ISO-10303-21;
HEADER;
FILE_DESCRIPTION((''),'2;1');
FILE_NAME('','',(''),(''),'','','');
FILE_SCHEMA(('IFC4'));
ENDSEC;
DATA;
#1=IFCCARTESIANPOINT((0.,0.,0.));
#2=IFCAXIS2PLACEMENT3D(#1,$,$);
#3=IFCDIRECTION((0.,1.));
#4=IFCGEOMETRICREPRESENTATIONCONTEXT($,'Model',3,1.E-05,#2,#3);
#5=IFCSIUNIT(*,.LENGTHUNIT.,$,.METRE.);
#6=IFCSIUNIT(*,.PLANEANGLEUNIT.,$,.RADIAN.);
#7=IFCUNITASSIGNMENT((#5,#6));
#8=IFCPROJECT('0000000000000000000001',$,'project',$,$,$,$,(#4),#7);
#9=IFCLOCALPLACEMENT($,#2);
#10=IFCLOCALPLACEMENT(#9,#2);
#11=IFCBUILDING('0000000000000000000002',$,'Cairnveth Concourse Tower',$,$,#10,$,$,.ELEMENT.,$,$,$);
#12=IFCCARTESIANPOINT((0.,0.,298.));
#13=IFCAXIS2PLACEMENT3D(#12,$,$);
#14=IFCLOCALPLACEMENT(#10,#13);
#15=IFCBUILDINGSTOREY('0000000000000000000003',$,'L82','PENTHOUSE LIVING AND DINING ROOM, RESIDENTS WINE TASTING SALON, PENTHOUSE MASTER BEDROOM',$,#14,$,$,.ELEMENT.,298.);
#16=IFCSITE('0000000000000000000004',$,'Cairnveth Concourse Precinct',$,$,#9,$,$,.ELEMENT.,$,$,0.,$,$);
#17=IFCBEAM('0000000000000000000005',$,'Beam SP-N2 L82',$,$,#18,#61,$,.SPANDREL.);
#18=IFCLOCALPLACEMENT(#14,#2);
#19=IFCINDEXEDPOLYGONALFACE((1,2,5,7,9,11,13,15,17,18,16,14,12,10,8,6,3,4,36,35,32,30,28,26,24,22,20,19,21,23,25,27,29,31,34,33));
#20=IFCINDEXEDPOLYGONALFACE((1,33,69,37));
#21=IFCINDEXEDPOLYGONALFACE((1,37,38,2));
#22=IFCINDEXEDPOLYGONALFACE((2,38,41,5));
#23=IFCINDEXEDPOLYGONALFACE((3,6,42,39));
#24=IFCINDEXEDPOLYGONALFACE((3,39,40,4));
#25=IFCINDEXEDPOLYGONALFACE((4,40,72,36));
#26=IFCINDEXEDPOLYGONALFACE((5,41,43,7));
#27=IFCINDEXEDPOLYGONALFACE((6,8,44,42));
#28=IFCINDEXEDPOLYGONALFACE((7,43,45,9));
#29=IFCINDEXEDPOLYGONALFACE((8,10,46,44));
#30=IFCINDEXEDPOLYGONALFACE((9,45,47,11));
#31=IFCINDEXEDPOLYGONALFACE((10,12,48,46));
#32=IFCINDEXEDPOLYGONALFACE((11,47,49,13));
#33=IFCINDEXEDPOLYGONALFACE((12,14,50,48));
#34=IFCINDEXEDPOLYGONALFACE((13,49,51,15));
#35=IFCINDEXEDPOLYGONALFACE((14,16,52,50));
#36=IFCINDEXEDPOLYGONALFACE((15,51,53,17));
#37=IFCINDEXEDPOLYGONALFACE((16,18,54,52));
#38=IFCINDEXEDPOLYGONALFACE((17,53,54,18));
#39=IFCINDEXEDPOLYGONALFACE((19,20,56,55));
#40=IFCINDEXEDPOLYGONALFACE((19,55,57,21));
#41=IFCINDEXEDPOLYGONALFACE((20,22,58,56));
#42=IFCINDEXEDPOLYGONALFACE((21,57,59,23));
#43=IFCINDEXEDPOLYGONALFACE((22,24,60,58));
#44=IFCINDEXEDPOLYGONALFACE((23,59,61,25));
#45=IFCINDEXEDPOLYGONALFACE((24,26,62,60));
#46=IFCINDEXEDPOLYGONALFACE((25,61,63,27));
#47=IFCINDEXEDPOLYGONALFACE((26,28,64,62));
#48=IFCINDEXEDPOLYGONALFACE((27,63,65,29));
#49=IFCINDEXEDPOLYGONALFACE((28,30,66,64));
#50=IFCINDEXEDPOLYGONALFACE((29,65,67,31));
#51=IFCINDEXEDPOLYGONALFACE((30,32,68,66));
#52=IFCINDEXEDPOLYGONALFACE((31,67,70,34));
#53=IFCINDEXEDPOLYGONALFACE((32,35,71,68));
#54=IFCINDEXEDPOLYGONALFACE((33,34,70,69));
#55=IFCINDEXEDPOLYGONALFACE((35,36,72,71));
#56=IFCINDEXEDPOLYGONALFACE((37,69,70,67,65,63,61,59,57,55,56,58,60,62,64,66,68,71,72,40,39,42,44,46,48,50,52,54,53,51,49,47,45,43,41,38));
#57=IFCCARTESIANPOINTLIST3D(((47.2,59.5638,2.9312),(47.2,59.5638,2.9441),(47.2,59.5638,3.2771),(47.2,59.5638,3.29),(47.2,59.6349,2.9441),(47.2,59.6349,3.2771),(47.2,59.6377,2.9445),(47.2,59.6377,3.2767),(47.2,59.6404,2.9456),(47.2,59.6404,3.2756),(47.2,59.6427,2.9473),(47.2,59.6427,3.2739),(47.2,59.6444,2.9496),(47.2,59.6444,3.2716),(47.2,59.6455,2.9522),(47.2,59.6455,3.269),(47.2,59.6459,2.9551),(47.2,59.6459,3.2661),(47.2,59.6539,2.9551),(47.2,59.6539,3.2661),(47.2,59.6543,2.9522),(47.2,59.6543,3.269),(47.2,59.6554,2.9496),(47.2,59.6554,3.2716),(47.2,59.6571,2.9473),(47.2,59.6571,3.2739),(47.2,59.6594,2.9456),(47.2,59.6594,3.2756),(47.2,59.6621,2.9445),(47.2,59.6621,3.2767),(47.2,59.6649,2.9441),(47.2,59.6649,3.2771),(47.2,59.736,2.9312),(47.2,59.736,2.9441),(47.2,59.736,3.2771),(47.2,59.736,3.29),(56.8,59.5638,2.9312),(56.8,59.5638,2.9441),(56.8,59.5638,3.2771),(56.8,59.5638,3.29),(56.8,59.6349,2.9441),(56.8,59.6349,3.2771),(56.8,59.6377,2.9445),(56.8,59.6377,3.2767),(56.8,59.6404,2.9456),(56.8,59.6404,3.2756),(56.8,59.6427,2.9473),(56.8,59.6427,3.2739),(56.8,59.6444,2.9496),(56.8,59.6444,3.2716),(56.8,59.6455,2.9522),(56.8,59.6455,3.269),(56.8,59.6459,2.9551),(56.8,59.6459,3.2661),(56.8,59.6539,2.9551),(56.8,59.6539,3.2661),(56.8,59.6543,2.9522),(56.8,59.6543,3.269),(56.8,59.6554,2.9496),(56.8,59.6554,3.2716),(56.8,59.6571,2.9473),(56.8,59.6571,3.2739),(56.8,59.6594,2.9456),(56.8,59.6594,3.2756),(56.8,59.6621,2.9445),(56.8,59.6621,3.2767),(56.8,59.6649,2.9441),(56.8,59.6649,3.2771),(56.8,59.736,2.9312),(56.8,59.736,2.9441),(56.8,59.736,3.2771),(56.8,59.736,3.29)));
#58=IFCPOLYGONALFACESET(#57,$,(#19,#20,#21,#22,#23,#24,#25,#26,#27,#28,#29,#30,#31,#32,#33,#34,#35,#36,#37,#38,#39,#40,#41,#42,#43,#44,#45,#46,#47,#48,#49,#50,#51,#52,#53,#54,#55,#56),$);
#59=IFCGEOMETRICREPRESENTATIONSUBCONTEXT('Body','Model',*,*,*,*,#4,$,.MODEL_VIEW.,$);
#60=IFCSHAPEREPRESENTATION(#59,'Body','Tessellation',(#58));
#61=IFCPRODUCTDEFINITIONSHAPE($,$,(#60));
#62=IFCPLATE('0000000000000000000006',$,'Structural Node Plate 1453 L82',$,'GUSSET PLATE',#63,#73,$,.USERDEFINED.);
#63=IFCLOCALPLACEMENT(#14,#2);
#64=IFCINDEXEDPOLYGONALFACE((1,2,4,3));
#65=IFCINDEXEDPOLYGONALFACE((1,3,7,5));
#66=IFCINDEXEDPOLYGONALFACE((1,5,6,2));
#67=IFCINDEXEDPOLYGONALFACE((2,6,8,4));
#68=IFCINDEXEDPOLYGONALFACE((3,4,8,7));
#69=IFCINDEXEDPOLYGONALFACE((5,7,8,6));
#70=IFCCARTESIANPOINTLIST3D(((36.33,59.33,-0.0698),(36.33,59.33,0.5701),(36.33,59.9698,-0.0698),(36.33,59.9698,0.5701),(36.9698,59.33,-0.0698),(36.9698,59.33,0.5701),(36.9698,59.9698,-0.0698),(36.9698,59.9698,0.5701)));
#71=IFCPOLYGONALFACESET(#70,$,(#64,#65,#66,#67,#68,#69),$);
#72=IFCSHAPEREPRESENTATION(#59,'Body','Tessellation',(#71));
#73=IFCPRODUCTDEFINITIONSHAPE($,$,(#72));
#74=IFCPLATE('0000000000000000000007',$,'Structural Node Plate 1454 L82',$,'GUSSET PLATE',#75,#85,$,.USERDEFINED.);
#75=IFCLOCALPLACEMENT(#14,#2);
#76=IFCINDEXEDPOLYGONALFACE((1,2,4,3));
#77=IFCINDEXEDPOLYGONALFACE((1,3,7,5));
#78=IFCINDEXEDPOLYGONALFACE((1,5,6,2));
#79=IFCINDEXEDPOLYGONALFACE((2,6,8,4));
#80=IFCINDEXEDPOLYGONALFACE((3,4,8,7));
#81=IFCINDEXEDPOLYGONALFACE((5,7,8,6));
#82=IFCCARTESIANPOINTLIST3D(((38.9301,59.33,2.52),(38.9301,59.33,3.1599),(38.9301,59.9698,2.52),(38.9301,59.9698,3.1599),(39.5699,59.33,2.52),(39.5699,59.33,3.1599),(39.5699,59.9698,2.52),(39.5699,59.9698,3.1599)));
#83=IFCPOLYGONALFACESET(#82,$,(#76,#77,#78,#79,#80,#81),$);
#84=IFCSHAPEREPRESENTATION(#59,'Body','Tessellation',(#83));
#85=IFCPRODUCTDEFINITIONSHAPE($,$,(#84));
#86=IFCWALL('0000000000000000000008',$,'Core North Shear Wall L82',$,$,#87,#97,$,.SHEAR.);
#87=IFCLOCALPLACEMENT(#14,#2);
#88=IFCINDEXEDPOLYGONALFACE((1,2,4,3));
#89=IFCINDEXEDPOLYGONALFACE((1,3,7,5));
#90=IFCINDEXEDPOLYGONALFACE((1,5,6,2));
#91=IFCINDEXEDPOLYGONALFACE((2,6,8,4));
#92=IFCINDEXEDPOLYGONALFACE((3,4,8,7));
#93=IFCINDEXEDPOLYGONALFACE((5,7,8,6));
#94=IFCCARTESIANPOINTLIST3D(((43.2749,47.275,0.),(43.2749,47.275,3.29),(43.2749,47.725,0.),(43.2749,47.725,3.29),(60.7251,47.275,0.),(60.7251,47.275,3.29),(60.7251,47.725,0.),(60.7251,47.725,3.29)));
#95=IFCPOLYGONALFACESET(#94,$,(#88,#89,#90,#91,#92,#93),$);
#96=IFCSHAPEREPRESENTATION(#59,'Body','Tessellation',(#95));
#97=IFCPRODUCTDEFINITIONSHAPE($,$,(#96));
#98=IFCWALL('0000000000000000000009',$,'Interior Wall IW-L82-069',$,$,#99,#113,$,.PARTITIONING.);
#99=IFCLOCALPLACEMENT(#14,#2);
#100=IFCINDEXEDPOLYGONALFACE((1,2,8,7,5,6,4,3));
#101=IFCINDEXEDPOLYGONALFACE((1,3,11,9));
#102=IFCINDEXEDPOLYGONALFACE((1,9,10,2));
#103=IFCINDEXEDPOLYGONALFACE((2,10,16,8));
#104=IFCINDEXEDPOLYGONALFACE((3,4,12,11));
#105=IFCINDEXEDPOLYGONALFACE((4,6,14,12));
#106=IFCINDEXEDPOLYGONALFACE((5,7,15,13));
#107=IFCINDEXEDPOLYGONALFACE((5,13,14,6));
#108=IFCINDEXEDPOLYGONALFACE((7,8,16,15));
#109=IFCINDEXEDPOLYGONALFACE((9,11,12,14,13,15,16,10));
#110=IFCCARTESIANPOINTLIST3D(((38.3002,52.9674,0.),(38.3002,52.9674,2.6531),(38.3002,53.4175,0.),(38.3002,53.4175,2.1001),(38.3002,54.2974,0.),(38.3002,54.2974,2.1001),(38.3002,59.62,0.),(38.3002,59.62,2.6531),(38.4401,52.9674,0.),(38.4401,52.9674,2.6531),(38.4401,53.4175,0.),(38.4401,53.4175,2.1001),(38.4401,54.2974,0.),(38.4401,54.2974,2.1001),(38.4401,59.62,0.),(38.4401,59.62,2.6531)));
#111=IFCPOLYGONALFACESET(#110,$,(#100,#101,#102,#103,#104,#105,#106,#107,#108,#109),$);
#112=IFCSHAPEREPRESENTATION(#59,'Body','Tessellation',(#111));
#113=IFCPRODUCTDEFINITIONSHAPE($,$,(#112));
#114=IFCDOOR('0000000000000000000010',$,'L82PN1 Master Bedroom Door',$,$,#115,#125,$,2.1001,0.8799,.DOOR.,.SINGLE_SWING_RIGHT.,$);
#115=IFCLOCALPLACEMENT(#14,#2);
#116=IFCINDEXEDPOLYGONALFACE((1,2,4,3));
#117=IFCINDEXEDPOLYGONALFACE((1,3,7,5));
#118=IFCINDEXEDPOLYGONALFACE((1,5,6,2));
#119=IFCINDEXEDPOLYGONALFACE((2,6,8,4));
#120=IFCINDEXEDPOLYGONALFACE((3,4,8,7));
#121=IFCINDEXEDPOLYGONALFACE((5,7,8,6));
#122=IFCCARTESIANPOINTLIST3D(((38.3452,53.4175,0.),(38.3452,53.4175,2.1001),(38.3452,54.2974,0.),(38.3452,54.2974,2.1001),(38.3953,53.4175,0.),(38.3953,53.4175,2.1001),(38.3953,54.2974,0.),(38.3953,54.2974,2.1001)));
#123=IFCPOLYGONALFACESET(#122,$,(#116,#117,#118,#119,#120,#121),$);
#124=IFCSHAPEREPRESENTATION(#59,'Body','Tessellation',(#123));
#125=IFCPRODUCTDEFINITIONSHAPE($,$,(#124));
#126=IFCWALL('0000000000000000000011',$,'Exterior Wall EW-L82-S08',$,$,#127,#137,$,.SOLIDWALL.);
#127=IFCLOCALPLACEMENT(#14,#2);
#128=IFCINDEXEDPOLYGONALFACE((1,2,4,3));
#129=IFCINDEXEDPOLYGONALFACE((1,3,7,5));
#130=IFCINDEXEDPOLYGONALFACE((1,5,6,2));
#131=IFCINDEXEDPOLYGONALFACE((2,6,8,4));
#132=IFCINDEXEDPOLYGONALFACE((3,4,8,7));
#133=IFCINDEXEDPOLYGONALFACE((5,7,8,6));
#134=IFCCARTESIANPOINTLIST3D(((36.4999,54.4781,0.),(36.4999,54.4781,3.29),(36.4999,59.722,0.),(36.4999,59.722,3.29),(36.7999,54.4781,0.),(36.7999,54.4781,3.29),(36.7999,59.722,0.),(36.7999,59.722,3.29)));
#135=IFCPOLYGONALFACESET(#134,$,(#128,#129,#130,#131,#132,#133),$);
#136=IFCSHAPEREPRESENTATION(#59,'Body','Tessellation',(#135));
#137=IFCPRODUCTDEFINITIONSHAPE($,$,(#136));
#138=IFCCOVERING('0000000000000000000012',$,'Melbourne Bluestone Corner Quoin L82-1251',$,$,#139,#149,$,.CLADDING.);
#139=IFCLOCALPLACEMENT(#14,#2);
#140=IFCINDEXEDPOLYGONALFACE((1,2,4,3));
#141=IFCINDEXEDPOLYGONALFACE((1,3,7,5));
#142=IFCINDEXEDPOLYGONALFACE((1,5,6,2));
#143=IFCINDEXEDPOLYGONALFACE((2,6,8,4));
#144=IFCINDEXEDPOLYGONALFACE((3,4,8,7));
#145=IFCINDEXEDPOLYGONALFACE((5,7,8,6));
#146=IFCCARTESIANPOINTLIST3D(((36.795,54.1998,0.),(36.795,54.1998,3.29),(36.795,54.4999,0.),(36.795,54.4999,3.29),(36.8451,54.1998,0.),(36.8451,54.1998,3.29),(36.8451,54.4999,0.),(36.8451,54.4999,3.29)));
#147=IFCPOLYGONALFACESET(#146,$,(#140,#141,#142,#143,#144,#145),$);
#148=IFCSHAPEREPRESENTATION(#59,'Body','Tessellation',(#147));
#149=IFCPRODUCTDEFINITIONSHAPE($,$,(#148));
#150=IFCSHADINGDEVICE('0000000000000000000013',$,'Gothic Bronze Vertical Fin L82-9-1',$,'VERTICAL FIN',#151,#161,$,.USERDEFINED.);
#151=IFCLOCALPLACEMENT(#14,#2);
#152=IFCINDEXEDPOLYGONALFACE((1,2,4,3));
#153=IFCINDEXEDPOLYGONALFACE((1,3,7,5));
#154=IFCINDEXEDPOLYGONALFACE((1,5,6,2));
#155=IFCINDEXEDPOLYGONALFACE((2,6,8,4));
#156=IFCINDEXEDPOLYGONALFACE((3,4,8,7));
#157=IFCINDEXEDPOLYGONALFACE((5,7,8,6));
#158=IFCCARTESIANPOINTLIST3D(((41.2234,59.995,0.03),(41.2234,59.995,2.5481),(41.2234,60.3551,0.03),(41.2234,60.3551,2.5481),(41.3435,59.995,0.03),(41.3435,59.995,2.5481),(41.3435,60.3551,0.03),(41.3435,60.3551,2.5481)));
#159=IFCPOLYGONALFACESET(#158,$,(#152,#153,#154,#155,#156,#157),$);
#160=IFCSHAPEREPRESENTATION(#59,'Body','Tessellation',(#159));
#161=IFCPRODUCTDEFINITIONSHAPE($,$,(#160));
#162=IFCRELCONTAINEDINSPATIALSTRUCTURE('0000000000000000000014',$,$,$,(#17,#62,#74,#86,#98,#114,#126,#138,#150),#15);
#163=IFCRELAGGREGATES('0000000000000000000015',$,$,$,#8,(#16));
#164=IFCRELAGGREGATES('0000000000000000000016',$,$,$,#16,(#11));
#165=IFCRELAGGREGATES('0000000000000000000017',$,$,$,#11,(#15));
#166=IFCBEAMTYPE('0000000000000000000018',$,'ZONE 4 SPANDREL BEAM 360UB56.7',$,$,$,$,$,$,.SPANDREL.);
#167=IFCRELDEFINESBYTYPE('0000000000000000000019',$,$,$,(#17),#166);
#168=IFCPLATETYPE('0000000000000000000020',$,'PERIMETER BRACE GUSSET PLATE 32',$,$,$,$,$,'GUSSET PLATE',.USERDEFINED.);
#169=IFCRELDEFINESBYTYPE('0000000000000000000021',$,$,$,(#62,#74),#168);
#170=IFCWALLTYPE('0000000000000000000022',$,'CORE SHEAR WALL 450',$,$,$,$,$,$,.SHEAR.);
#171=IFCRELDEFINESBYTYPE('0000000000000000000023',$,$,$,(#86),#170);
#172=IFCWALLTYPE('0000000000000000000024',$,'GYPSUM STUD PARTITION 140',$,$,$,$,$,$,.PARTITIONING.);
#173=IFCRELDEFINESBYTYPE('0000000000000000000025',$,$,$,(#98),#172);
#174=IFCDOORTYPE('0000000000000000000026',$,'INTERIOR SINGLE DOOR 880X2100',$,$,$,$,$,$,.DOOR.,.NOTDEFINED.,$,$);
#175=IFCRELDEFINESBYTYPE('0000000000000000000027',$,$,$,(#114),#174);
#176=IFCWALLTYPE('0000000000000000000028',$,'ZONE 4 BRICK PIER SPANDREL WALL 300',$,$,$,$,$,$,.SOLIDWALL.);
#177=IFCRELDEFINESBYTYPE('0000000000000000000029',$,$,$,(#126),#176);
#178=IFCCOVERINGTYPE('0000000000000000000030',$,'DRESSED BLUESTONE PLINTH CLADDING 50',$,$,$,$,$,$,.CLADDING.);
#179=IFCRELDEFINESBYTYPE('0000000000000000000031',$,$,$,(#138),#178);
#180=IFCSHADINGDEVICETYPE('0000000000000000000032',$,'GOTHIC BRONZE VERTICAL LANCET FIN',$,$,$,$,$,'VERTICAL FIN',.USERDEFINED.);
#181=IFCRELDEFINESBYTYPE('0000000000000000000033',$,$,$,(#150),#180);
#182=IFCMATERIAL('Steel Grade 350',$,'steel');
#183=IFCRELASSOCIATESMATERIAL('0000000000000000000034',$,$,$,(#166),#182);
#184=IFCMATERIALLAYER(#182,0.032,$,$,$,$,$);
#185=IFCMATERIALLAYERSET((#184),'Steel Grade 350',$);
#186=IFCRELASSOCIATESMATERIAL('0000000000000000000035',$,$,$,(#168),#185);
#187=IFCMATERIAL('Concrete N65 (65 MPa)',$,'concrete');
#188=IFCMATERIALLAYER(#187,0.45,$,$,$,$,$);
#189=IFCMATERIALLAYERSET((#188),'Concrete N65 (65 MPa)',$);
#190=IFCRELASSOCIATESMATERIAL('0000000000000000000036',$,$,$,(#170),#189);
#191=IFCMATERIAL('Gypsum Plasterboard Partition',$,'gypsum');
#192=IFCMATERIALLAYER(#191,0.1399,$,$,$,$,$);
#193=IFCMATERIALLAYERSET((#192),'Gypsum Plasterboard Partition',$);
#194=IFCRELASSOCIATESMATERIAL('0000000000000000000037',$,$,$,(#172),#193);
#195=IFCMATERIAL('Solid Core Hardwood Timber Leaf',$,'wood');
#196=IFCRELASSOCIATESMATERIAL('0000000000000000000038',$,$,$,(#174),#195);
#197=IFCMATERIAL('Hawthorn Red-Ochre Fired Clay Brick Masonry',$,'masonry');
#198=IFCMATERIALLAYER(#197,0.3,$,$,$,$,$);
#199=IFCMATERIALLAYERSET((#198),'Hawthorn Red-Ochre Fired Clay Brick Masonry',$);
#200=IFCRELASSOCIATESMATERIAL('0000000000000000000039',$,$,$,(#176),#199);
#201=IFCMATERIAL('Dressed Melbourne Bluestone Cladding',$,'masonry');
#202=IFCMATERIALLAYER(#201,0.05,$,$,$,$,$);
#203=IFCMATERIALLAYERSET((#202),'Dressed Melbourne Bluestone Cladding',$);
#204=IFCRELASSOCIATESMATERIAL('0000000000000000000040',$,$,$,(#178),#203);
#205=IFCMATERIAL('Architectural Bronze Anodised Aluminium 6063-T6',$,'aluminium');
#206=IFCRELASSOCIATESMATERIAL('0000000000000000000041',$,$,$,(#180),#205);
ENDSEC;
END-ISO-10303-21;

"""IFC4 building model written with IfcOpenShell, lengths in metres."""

from ifc_helpers import new_model, si_unit, direction, frame, frame_2d, origin, origin_2d, place, context, subcontext, project, spatial, rectangle, i_section, extrude, material, layer, layer_set, material_profile, profile_set, type_object, element, fill, save


model = new_model("IFC4")

# Units and contexts
model_context = context("Model", 3, precision=1e-05, world=origin(), true_north=direction((0.0, 1.0)))
body_context = subcontext(model_context, "Body", "Model", "MODEL_VIEW")
ifc_project = project(units=[si_unit("LENGTHUNIT", "METRE"), si_unit("PLANEANGLEUNIT", "RADIAN")], contexts=[model_context])

# Site, building, storey
site_placement = place(None, origin())
site = spatial("IfcSite", under=ifc_project, at=site_placement, Name="Cairnveth Concourse Precinct", CompositionType="ELEMENT", RefElevation=0.0)
building_placement = place(site_placement, origin())
building = spatial("IfcBuilding", under=site, at=building_placement, Name="Cairnveth Concourse Tower", CompositionType="ELEMENT")
storey_placement = place(building_placement, frame((0.0, 0.0, 298.0)))
storey = spatial("IfcBuildingStorey", under=building, at=storey_placement, Name="L82", Description="PENTHOUSE LIVING AND DINING ROOM, RESIDENTS WINE TASTING SALON, PENTHOUSE MASTER BEDROOM", CompositionType="ELEMENT", Elevation=298.0)

# Shared definitions
ifc_material_1 = material(Name="Steel Grade 350", Category="steel")

# Beam
ifc_material_profile_1 = material_profile(ifc_material_1, i_section(OverallWidth=0.1721, OverallDepth=0.3589, WebThickness=0.0081, FlangeThickness=0.0129, FilletRadius=0.011, at=origin_2d()), Name="360UB56.7")
ifc_profile_set_1 = profile_set([ifc_material_profile_1], Name="Steel Grade 350")
beam_type_1 = type_object("IfcBeamType", Name="ZONE 4 SPANDREL BEAM 360UB56.7", PredefinedType="SPANDREL", material=ifc_profile_set_1)
beam_1_placement = place(storey_placement, frame((47.2, 59.6499, 3.1106), z_axis=(1.0, 0.0, 0.0), x_axis=(0.0, 1.0, 0.0)))
element("IfcBeam", 1, at=beam_1_placement, inside=storey, type_object=beam_type_1, Name="Beam SP-N2 L82", PredefinedType="SPANDREL", context=body_context, shape_type="SweptSolid", body=[
    extrude(i_section(OverallWidth=0.1721, OverallDepth=0.3589, WebThickness=0.0081, FlangeThickness=0.0129, FilletRadius=0.011, at=origin_2d()), origin(), (0.0, 0.0, 1.0), 9.6001),
])

# Plates
ifc_layer_1 = layer(ifc_material_1, 0.032)
ifc_layer_set_1 = layer_set([ifc_layer_1], Name="Steel Grade 350")
plate_type = type_object("IfcPlateType", Name="PERIMETER BRACE GUSSET PLATE 32", ElementType="GUSSET PLATE", PredefinedType="USERDEFINED", material=ifc_layer_set_1)
for number, where, z_axis, x_axis, name in (
    (2, (36.6499, 59.6499, -0.0698), (0.0, 0.0, 1.0), (1.0, 0.0, 0.0), "Structural Node Plate 1453 L82"),
    (3, (39.25, 59.6499, 2.52), (0.0, 0.0, 1.0), (1.0, 0.0, 0.0), "Structural Node Plate 1454 L82"),
):
    element("IfcPlate", number, at=place(storey_placement, frame(where, z_axis=z_axis, x_axis=x_axis)), inside=storey, type_object=plate_type, Name=name, ObjectType="GUSSET PLATE", PredefinedType="USERDEFINED", context=body_context, shape_type="SweptSolid", body=[
        extrude(rectangle(XDim=0.6399, YDim=0.6399, at=origin_2d()), origin(), (0.0, 0.0, 1.0), 0.6399),
    ])

# Wall
ifc_material_2 = material(Name="Concrete N65 (65 MPa)", Category="concrete")
ifc_layer_2 = layer(ifc_material_2, 0.45)
ifc_layer_set_2 = layer_set([ifc_layer_2], Name="Concrete N65 (65 MPa)")
wall_type_1 = type_object("IfcWallType", Name="CORE SHEAR WALL 450", PredefinedType="SHEAR", material=ifc_layer_set_2)
wall_1_placement = place(storey_placement, frame((43.2749, 47.5, 0.0), z_axis=(0.0, 0.0, 1.0), x_axis=(1.0, 0.0, 0.0)))
element("IfcWall", 4, at=wall_1_placement, inside=storey, type_object=wall_type_1, Name="Core North Shear Wall L82", PredefinedType="SHEAR", context=body_context, shape_type="SweptSolid", body=[
    extrude(rectangle(XDim=17.4502, YDim=0.45, at=frame_2d((8.7251, 0.0))), origin(), (0.0, 0.0, 1.0), 3.29),
])

# Wall, opening, door
ifc_material_3 = material(Name="Gypsum Plasterboard Partition", Category="gypsum")
ifc_layer_3 = layer(ifc_material_3, 0.1399)
ifc_layer_set_3 = layer_set([ifc_layer_3], Name="Gypsum Plasterboard Partition")
wall_type_2 = type_object("IfcWallType", Name="GYPSUM STUD PARTITION 140", PredefinedType="PARTITIONING", material=ifc_layer_set_3)
wall_2_placement = place(storey_placement, frame((38.3701, 52.9675, 0.0), z_axis=(0.0, 0.0, 1.0), x_axis=(0.0, 1.0, 0.0)))
wall_2 = element("IfcWall", 5, at=wall_2_placement, inside=storey, type_object=wall_type_2, Name="Interior Wall IW-L82-069", PredefinedType="PARTITIONING", context=body_context, shape_type="SweptSolid", body=[
    extrude(rectangle(XDim=6.6526, YDim=0.1399, at=frame_2d((3.3262, 0.0))), origin(), (0.0, 0.0, 1.0), 2.6531),
])
opening_placement = place(wall_2_placement, frame((0.45, 0.0, 0.0)))
opening = element("IfcOpeningElement", 6, at=opening_placement, cuts=wall_2, PredefinedType="OPENING", context=body_context, shape_type="SweptSolid", body=[
    extrude(rectangle(XDim=0.8799, YDim=2.1001, at=frame_2d((0.4399, 1.05))), frame((0.0, 0.0798, 0.0), z_axis=(0.0, -1.0, 0.0), x_axis=(1.0, 0.0, 0.0)), (0.0, 0.0, 1.0), 0.1599),
])
ifc_material_4 = material(Name="Solid Core Hardwood Timber Leaf", Category="wood")
door_type = type_object("IfcDoorType", Name="INTERIOR SINGLE DOOR 880X2100", OperationType="NOTDEFINED", PredefinedType="DOOR", material=ifc_material_4)
door_placement = place(opening_placement, origin())
door = element("IfcDoor", 7, at=door_placement, inside=storey, type_object=door_type, Name="L82PN1 Master Bedroom Door", OperationType="SINGLE_SWING_RIGHT", OverallHeight=2.1001, OverallWidth=0.8799, PredefinedType="DOOR", context=body_context, shape_type="SweptSolid", body=[
    extrude(rectangle(XDim=0.8799, YDim=2.1001, at=frame_2d((0.4399, 1.05))), frame((0.0, 0.0249, 0.0), z_axis=(0.0, -1.0, 0.0), x_axis=(1.0, 0.0, 0.0)), (0.0, 0.0, 1.0), 0.05),
])
fill(opening, door)

# Wall
ifc_material_5 = material(Name="Hawthorn Red-Ochre Fired Clay Brick Masonry", Category="masonry")
ifc_layer_4 = layer(ifc_material_5, 0.3)
ifc_layer_set_4 = layer_set([ifc_layer_4], Name="Hawthorn Red-Ochre Fired Clay Brick Masonry")
wall_type_3 = type_object("IfcWallType", Name="ZONE 4 BRICK PIER SPANDREL WALL 300", PredefinedType="SOLIDWALL", material=ifc_layer_set_4)
wall_3_placement = place(storey_placement, frame((36.6499, 54.478, 0.0), z_axis=(0.0, 0.0, 1.0), x_axis=(0.0, 1.0, 0.0)))
element("IfcWall", 8, at=wall_3_placement, inside=storey, type_object=wall_type_3, Name="Exterior Wall EW-L82-S08", PredefinedType="SOLIDWALL", context=body_context, shape_type="SweptSolid", body=[
    extrude(rectangle(XDim=5.2439, YDim=0.3, at=frame_2d((2.6221, 0.0))), origin(), (0.0, 0.0, 1.0), 3.29),
])

# Covering
ifc_material_6 = material(Name="Dressed Melbourne Bluestone Cladding", Category="masonry")
ifc_layer_5 = layer(ifc_material_6, 0.05)
ifc_layer_set_5 = layer_set([ifc_layer_5], Name="Dressed Melbourne Bluestone Cladding")
covering_type = type_object("IfcCoveringType", Name="DRESSED BLUESTONE PLINTH CLADDING 50", PredefinedType="CLADDING", material=ifc_layer_set_5)
covering_placement = place(storey_placement, frame((36.8201, 54.2, 0.0), z_axis=(0.0, 0.0, 1.0), x_axis=(0.0, 1.0, 0.0)))
element("IfcCovering", 9, at=covering_placement, inside=storey, type_object=covering_type, Name="Melbourne Bluestone Corner Quoin L82-1251", PredefinedType="CLADDING", context=body_context, shape_type="SweptSolid", body=[
    extrude(rectangle(XDim=0.3, YDim=0.05, at=frame_2d((0.1499, 0.0))), origin(), (0.0, 0.0, 1.0), 3.29),
])

# Shading device
ifc_material_7 = material(Name="Architectural Bronze Anodised Aluminium 6063-T6", Category="aluminium")
shading_device_type = type_object("IfcShadingDeviceType", Name="GOTHIC BRONZE VERTICAL LANCET FIN", ElementType="VERTICAL FIN", PredefinedType="USERDEFINED", material=ifc_material_7)
shading_device_placement = place(storey_placement, frame((41.2834, 60.175, 0.03), z_axis=(0.0, 0.0, 1.0), x_axis=(1.0, 0.0, 0.0)))
element("IfcShadingDevice", 10, at=shading_device_placement, inside=storey, type_object=shading_device_type, Name="Gothic Bronze Vertical Fin L82-9-1", ObjectType="VERTICAL FIN", PredefinedType="USERDEFINED", context=body_context, shape_type="SweptSolid", body=[
    extrude(rectangle(XDim=0.1201, YDim=0.3601, at=origin_2d()), origin(), (0.0, 0.0, 1.0), 2.5181),
])

save(model, "model.ifc")
